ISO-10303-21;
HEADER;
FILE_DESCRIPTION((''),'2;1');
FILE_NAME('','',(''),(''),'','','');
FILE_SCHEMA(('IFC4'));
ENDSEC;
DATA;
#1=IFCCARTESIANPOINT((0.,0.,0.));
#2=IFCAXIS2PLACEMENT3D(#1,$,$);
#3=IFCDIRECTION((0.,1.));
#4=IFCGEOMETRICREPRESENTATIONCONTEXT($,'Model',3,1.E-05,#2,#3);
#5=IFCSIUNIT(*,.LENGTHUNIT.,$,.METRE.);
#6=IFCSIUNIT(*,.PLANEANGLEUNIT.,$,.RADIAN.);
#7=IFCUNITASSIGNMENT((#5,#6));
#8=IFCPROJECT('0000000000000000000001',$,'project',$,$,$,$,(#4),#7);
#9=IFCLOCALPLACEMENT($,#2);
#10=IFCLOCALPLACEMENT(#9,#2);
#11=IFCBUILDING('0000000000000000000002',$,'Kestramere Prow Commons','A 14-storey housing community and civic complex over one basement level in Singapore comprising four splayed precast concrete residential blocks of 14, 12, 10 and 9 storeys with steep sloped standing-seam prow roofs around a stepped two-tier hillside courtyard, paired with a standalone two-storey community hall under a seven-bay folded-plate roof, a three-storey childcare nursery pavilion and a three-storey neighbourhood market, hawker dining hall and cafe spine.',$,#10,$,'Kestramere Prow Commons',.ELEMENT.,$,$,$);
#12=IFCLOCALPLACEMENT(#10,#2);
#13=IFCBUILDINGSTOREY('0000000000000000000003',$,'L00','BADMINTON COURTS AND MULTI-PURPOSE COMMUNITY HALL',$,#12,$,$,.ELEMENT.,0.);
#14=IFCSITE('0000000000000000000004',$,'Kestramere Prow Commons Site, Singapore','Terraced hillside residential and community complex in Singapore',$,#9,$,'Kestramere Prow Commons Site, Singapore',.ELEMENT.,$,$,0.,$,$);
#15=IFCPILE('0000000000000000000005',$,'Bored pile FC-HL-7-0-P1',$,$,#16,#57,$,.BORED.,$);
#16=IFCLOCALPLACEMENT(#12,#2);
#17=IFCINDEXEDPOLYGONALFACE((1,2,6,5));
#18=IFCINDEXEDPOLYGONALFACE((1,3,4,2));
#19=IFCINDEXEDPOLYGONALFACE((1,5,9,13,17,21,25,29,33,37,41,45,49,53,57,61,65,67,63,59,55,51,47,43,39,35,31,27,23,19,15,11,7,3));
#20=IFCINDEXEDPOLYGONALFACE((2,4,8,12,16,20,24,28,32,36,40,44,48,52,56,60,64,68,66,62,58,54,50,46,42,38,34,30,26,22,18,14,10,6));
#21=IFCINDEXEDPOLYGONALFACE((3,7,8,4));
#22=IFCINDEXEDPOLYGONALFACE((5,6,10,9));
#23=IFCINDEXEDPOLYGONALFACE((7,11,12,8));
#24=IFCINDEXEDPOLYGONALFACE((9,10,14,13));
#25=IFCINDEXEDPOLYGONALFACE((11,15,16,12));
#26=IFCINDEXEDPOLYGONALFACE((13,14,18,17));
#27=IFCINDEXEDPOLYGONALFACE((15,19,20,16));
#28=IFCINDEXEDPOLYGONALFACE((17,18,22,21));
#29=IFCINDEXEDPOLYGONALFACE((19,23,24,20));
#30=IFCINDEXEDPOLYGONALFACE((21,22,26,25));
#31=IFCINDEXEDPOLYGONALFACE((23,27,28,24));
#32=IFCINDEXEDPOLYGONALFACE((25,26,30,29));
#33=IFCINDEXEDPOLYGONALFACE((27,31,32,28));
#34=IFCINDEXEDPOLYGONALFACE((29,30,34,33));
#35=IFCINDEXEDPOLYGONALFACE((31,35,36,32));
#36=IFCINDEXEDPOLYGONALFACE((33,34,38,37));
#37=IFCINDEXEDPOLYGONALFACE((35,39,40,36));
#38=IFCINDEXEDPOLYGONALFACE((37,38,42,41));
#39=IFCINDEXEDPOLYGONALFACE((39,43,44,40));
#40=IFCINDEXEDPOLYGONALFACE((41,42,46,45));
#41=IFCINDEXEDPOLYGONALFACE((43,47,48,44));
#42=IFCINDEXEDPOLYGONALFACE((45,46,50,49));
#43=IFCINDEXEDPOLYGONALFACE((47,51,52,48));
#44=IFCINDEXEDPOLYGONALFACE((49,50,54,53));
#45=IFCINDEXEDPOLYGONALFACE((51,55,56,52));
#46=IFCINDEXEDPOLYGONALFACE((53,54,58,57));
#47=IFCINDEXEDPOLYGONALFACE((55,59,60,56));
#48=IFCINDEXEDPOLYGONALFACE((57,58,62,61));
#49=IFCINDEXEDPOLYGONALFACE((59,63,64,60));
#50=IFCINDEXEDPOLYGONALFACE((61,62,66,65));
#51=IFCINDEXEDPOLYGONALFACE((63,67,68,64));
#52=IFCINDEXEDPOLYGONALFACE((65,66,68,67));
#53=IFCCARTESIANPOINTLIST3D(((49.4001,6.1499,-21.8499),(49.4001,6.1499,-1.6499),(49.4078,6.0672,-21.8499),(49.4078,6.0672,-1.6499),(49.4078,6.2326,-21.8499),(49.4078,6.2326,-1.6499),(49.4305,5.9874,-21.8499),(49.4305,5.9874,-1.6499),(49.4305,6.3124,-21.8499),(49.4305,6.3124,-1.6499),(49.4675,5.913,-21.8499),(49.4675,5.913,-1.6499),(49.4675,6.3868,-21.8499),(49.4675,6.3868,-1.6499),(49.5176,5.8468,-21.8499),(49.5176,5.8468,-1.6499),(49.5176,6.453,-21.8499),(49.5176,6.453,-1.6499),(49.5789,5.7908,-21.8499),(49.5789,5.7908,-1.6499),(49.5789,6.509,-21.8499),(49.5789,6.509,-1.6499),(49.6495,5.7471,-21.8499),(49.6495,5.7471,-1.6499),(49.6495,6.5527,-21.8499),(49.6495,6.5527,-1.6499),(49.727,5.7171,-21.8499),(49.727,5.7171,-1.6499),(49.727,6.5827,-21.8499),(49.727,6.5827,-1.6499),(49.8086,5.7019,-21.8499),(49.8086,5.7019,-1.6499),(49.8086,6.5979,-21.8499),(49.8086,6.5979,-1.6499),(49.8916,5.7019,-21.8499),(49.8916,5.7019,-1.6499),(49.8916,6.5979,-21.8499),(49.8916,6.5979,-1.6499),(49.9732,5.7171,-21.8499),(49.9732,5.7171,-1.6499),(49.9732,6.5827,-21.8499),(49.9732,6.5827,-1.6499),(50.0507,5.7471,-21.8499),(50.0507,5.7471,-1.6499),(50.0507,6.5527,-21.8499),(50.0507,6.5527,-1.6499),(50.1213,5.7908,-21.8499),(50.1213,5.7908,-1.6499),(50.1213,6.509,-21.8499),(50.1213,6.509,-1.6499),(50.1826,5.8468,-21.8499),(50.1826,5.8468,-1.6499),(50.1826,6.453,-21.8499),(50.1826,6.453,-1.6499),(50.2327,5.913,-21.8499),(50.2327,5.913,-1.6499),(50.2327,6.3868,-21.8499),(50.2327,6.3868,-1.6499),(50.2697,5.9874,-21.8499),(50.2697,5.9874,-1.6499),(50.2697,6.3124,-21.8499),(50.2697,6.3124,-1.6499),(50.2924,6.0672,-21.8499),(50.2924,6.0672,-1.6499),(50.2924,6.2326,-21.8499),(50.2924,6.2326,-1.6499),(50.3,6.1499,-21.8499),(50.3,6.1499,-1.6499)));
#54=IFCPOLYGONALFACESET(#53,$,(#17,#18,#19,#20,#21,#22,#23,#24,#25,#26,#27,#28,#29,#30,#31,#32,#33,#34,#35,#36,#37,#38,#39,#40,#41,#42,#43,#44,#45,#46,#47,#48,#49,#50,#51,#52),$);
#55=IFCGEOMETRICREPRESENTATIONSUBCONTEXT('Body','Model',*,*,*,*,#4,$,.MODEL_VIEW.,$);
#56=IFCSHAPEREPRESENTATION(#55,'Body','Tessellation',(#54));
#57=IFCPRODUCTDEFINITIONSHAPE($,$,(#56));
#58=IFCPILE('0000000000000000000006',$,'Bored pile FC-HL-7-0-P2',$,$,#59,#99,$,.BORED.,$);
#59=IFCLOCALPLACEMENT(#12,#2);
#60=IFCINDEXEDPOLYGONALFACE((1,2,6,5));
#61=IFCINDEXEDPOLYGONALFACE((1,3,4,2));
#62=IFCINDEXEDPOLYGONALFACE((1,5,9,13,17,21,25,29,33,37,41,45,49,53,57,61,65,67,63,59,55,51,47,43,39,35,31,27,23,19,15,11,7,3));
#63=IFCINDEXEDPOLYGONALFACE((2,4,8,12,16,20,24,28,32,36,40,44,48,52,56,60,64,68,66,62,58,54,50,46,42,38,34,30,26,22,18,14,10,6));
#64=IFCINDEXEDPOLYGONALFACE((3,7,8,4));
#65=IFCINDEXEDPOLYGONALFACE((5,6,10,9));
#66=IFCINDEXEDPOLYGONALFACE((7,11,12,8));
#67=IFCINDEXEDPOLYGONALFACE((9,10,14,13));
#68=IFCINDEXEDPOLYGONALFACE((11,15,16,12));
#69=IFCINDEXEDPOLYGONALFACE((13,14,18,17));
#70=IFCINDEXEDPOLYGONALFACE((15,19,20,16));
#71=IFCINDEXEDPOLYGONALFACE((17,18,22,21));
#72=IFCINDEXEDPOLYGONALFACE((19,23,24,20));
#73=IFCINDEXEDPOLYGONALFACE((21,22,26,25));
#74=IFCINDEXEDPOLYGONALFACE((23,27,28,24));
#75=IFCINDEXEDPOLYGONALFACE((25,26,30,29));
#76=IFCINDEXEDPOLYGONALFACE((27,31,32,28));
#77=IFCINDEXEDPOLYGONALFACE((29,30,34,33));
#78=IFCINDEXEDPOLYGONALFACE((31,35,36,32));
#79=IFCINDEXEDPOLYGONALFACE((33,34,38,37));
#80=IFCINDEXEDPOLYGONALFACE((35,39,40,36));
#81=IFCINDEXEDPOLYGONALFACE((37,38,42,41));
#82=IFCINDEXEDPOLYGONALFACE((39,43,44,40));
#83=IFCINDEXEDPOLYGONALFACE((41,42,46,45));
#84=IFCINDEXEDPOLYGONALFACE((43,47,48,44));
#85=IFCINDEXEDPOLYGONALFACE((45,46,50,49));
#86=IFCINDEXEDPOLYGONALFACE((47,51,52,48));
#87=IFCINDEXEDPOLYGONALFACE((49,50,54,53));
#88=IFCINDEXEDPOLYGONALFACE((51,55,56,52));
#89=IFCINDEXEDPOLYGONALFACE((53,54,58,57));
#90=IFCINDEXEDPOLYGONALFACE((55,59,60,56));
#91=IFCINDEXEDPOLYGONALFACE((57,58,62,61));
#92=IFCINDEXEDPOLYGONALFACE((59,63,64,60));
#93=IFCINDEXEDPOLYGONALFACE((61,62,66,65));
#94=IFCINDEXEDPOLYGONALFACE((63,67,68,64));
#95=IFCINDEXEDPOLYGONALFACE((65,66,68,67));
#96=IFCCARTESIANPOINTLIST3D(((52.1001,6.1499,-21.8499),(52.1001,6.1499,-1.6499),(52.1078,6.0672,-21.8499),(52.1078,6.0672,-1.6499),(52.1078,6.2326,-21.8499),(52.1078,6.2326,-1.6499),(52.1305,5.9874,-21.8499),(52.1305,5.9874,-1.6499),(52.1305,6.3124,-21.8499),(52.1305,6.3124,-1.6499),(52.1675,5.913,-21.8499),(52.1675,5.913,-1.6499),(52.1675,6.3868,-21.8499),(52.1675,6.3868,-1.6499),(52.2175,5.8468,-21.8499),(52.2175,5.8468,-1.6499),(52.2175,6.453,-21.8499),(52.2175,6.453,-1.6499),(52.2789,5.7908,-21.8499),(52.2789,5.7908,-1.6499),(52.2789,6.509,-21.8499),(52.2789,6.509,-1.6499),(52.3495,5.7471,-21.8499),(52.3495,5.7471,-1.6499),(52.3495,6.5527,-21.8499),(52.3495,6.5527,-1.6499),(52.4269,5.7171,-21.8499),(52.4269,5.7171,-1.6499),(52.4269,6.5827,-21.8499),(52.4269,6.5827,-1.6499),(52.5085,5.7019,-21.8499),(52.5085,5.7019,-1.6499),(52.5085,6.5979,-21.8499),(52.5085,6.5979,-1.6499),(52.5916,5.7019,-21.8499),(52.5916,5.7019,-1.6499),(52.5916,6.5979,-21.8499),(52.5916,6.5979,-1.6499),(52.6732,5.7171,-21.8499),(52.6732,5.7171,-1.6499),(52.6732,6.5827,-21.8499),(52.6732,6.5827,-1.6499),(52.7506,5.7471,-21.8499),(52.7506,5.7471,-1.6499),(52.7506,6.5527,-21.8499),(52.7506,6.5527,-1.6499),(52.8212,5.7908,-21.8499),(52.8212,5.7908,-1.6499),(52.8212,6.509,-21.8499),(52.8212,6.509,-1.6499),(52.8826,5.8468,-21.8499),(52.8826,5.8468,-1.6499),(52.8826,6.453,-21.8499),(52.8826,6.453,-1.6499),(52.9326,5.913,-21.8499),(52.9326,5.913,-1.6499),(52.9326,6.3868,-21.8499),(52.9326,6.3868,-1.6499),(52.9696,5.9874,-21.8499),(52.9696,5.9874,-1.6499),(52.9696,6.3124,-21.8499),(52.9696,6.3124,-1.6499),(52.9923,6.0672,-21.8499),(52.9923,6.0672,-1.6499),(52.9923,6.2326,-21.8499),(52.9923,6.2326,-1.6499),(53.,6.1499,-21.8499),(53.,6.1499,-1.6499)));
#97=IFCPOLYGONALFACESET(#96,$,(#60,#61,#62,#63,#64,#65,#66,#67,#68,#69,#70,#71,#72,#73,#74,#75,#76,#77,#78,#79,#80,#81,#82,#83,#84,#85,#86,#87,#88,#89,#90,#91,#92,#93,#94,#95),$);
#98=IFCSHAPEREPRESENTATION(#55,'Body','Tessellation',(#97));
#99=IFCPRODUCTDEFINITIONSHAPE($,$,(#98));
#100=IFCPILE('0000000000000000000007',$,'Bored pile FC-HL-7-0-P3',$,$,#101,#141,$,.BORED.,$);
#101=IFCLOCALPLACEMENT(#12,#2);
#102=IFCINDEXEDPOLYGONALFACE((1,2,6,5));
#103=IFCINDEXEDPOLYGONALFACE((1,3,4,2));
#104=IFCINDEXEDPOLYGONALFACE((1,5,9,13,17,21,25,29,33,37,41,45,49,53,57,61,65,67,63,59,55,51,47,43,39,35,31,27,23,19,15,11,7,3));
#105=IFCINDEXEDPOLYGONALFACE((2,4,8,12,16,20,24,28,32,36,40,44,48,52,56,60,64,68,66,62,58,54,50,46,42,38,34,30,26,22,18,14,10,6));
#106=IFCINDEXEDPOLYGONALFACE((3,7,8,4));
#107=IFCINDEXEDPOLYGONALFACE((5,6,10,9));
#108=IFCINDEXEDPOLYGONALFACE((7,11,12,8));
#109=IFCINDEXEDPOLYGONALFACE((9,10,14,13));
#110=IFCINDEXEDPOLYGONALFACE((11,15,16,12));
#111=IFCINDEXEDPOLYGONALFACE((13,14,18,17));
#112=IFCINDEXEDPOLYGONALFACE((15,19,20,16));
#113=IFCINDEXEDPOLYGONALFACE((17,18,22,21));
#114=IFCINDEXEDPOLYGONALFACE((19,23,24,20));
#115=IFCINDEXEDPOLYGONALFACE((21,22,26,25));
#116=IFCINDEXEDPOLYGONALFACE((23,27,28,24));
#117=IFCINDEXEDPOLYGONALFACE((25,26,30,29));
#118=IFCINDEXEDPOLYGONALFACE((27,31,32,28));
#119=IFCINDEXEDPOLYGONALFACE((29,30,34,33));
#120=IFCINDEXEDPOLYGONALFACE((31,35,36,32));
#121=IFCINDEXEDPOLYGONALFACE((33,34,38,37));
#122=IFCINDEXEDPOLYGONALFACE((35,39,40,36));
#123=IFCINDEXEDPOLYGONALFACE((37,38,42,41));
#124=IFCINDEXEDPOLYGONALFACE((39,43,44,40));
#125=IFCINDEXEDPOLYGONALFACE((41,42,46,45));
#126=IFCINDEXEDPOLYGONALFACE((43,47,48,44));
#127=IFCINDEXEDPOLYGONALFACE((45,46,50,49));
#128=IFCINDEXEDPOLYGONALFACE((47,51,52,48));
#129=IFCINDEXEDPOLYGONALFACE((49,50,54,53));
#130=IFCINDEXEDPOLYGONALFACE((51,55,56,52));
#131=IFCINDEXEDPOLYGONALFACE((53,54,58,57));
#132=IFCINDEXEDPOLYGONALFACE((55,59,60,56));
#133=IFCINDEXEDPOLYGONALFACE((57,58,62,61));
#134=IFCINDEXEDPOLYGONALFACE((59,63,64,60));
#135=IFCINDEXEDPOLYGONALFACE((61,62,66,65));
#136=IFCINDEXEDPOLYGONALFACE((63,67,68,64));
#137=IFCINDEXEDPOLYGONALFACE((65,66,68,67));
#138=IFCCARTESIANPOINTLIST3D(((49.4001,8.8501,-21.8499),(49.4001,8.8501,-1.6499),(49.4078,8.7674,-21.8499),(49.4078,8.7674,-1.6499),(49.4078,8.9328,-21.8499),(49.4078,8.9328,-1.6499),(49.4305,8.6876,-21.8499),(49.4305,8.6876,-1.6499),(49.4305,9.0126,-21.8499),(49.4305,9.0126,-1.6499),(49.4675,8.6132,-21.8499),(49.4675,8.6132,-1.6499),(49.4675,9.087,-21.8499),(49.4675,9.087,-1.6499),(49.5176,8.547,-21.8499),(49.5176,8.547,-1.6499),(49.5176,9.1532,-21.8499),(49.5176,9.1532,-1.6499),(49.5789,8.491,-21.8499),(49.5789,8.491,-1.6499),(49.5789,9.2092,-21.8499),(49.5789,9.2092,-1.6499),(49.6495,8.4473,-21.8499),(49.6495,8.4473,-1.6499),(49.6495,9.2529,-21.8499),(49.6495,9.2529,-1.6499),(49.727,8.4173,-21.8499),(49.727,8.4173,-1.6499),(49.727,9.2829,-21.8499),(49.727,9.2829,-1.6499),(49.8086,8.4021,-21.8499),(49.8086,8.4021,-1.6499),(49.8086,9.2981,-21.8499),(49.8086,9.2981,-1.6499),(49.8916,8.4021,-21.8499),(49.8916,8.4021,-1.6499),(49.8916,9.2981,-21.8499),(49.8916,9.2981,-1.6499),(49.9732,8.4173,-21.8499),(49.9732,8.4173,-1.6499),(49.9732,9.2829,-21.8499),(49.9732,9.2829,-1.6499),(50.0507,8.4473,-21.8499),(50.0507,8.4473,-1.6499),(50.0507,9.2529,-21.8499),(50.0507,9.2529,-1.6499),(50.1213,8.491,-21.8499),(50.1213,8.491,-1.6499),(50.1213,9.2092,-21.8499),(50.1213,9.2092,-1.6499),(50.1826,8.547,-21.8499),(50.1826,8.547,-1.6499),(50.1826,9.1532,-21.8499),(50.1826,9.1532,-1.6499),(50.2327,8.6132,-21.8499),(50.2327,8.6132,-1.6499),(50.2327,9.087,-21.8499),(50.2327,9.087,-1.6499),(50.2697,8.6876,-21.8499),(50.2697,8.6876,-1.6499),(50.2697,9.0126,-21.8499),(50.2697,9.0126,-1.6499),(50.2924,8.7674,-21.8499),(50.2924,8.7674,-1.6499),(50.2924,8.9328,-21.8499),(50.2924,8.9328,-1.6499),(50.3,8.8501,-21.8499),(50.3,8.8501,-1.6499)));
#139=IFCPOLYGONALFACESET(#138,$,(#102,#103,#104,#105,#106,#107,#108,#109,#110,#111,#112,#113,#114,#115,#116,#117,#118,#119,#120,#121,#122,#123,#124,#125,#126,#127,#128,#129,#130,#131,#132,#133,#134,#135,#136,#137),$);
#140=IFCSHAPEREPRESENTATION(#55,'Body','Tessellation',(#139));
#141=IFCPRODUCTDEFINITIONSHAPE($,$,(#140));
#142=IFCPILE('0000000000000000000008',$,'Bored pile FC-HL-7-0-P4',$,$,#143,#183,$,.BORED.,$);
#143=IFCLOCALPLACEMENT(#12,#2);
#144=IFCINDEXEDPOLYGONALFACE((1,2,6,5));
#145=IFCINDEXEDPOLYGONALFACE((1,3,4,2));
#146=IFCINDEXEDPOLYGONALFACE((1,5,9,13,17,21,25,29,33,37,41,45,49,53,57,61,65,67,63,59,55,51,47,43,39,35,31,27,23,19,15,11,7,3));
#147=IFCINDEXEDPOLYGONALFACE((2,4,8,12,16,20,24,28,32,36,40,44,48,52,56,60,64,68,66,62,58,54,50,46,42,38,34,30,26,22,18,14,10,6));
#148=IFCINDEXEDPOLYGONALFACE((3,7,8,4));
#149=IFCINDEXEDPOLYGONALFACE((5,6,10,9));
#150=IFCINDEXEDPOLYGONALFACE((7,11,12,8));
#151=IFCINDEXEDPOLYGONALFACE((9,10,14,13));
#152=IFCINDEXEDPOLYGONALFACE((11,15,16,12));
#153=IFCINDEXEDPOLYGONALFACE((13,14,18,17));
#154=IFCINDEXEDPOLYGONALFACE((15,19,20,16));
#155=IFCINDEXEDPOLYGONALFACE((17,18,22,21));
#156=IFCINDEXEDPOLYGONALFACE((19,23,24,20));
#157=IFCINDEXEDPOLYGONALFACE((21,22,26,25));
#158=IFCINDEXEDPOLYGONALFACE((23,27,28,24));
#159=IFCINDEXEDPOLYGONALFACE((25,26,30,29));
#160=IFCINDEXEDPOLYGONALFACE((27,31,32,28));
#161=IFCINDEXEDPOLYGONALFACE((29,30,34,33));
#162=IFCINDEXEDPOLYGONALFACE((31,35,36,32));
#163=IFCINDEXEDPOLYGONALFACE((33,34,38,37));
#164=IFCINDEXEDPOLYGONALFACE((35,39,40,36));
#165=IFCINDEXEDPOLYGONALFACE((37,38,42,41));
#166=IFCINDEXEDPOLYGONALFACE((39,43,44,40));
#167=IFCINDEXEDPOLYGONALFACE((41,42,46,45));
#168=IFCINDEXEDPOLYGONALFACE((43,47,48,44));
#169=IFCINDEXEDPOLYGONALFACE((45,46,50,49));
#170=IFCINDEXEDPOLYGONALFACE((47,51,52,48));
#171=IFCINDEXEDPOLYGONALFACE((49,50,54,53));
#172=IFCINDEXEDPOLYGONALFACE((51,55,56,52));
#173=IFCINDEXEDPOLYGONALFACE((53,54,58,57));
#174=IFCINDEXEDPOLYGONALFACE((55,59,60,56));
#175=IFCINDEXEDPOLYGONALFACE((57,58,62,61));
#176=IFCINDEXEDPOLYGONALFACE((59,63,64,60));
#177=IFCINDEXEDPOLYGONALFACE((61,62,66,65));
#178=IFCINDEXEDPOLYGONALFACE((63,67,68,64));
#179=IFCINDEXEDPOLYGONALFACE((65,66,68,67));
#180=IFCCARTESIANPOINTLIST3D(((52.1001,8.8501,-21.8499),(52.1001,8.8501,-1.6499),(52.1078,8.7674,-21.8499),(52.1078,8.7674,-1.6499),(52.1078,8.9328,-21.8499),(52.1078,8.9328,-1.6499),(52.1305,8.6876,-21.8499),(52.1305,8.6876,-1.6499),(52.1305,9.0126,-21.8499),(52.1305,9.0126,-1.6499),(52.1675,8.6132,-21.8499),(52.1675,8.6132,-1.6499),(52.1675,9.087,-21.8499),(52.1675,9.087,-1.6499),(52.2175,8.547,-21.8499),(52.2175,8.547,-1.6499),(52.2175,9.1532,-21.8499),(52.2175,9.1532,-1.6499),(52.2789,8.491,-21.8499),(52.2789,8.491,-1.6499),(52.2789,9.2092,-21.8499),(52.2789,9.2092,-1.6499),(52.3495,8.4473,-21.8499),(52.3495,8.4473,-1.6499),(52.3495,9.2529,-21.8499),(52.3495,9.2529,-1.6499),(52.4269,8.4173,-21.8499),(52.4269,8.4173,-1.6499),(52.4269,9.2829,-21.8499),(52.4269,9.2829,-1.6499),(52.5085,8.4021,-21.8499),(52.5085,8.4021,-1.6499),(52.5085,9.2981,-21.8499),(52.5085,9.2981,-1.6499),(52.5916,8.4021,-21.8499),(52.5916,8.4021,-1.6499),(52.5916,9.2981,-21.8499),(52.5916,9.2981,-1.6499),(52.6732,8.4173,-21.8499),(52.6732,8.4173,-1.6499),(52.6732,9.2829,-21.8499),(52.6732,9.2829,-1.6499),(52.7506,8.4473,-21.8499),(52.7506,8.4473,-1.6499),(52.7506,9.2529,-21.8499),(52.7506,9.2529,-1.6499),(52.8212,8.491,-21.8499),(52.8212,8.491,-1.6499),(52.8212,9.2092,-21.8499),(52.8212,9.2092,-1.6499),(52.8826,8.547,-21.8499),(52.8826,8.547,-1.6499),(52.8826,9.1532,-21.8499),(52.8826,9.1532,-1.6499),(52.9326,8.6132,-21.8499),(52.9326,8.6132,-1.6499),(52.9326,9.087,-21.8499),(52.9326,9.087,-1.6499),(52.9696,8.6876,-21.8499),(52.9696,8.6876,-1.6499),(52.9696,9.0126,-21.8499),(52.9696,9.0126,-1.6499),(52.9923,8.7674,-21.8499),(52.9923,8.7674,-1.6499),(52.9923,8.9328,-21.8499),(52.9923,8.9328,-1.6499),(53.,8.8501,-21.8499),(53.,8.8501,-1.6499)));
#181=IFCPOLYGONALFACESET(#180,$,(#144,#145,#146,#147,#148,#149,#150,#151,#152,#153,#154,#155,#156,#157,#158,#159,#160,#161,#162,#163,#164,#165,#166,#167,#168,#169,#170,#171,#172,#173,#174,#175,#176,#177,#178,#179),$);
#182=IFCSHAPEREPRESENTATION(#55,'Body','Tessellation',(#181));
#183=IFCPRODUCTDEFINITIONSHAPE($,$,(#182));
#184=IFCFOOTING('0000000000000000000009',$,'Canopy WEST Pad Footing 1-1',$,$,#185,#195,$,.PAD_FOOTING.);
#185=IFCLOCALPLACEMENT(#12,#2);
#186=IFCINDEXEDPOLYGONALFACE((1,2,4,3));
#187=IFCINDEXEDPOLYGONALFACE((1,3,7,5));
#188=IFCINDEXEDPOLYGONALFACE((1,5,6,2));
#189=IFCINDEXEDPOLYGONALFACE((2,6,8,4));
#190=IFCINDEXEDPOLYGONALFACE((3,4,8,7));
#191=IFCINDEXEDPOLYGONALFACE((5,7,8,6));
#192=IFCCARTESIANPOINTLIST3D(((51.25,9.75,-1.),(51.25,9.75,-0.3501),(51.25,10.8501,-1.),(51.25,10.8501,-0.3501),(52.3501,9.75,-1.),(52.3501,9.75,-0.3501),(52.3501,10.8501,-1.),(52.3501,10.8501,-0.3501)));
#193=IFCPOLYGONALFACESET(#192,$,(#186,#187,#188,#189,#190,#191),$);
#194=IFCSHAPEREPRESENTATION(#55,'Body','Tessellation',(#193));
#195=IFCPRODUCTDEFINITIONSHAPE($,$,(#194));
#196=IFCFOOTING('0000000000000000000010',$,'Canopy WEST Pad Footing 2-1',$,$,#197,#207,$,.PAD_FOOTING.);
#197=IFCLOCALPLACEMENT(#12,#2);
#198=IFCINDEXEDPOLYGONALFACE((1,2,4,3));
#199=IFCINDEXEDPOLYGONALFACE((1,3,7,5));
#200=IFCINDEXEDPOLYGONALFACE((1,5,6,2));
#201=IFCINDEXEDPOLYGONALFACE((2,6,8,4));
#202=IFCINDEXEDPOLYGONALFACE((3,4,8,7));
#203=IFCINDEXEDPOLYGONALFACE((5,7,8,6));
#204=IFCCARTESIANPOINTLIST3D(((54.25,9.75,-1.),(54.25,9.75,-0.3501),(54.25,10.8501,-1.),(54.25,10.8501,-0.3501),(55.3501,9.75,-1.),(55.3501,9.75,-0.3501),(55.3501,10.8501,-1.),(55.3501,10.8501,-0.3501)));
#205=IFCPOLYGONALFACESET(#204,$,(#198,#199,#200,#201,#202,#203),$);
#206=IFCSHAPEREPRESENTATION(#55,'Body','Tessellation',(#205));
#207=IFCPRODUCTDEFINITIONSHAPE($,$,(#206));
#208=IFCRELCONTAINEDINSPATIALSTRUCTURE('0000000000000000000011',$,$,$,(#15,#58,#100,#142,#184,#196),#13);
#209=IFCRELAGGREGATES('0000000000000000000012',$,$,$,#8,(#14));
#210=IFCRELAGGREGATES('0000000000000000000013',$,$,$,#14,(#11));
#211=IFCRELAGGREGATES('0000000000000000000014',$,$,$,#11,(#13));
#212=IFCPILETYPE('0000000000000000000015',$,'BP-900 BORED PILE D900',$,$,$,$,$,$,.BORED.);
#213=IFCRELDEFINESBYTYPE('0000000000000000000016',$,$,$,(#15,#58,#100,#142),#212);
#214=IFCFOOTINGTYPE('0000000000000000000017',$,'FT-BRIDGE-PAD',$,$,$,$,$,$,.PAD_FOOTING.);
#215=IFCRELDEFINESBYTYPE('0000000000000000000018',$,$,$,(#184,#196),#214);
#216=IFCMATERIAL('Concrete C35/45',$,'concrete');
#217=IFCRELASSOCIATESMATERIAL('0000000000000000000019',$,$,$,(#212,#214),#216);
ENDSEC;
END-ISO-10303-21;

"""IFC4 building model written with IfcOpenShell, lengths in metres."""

from ifc_helpers import new_model, si_unit, direction, frame, origin, origin_2d, place, context, subcontext, project, spatial, rectangle, circle, extrude, material, material_profile, profile_set, type_object, element, save


model = new_model("IFC4")

# Units and contexts
model_context = context("Model", 3, precision=1e-05, world=origin(), true_north=direction((0.0, 1.0)))
body_context = subcontext(model_context, "Body", "Model", "MODEL_VIEW")
ifc_project = project(units=[si_unit("LENGTHUNIT", "METRE"), si_unit("PLANEANGLEUNIT", "RADIAN")], contexts=[model_context])

# Site, building, storey
site_placement = place(None, origin())
site = spatial("IfcSite", under=ifc_project, at=site_placement, Name="Kestramere Prow Commons Site, Singapore", Description="Terraced hillside residential and community complex in Singapore", LongName="Kestramere Prow Commons Site, Singapore", CompositionType="ELEMENT", RefElevation=0.0)
building_placement = place(site_placement, origin())
building = spatial("IfcBuilding", under=site, at=building_placement, Name="Kestramere Prow Commons", Description="A 14-storey housing community and civic complex over one basement level in Singapore comprising four splayed precast concrete residential blocks of 14, 12, 10 and 9 storeys with steep sloped standing-seam prow roofs around a stepped two-tier hillside courtyard, paired with a standalone two-storey community hall under a seven-bay folded-plate roof, a three-storey childcare nursery pavilion and a three-storey neighbourhood market, hawker dining hall and cafe spine.", LongName="Kestramere Prow Commons", CompositionType="ELEMENT")
storey_placement = place(building_placement, origin())
storey = spatial("IfcBuildingStorey", under=building, at=storey_placement, Name="L00", Description="BADMINTON COURTS AND MULTI-PURPOSE COMMUNITY HALL", CompositionType="ELEMENT", Elevation=0.0)

# Piles
ifc_material_1 = material(Name="Concrete C35/45", Category="concrete")
ifc_material_profile_1 = material_profile(ifc_material_1, circle(Radius=0.45, at=origin_2d()), Name="BORED PILE D900")
ifc_profile_set_1 = profile_set([ifc_material_profile_1], Name="Concrete C35/45")
pile_type = type_object("IfcPileType", Name="BP-900 BORED PILE D900", PredefinedType="BORED", material=ifc_profile_set_1)
for number, where, z_axis, x_axis, name in (
    (1, (49.8501, 6.1499, -1.6499), (0.0, 0.0, -1.0), (1.0, 0.0, 0.0), "Bored pile FC-HL-7-0-P1"),
    (2, (52.55, 6.1499, -1.6499), (0.0, 0.0, -1.0), (1.0, 0.0, 0.0), "Bored pile FC-HL-7-0-P2"),
    (3, (49.8501, 8.8501, -1.6499), (0.0, 0.0, -1.0), (1.0, 0.0, 0.0), "Bored pile FC-HL-7-0-P3"),
    (4, (52.55, 8.8501, -1.6499), (0.0, 0.0, -1.0), (1.0, 0.0, 0.0), "Bored pile FC-HL-7-0-P4"),
):
    element("IfcPile", number, at=place(storey_placement, frame(where, z_axis=z_axis, x_axis=x_axis)), inside=storey, type_object=pile_type, Name=name, PredefinedType="BORED", context=body_context, shape_type="SweptSolid", body=[
        extrude(circle(Radius=0.45, at=origin_2d()), origin(), (0.0, 0.0, 1.0), 20.2),
    ])

# Footings
footing_type_1 = type_object("IfcFootingType", Name="FT-BRIDGE-PAD", PredefinedType="PAD_FOOTING", material=ifc_material_1)
for number, where, z_axis, x_axis, name in (
    (5, (51.8, 10.3, -1.0), (0.0, 0.0, 1.0), (1.0, 0.0, 0.0), "Canopy WEST Pad Footing 1-1"),
    (6, (54.8, 10.3, -1.0), (0.0, 0.0, 1.0), (1.0, 0.0, 0.0), "Canopy WEST Pad Footing 2-1"),
):
    element("IfcFooting", number, at=place(storey_placement, frame(where, z_axis=z_axis, x_axis=x_axis)), inside=storey, type_object=footing_type_1, Name=name, PredefinedType="PAD_FOOTING", context=body_context, shape_type="SweptSolid", body=[
        extrude(rectangle(XDim=1.1001, YDim=1.1001, at=origin_2d()), origin(), (0.0, 0.0, 1.0), 0.6499),
    ])

save(model, "model.ifc")
